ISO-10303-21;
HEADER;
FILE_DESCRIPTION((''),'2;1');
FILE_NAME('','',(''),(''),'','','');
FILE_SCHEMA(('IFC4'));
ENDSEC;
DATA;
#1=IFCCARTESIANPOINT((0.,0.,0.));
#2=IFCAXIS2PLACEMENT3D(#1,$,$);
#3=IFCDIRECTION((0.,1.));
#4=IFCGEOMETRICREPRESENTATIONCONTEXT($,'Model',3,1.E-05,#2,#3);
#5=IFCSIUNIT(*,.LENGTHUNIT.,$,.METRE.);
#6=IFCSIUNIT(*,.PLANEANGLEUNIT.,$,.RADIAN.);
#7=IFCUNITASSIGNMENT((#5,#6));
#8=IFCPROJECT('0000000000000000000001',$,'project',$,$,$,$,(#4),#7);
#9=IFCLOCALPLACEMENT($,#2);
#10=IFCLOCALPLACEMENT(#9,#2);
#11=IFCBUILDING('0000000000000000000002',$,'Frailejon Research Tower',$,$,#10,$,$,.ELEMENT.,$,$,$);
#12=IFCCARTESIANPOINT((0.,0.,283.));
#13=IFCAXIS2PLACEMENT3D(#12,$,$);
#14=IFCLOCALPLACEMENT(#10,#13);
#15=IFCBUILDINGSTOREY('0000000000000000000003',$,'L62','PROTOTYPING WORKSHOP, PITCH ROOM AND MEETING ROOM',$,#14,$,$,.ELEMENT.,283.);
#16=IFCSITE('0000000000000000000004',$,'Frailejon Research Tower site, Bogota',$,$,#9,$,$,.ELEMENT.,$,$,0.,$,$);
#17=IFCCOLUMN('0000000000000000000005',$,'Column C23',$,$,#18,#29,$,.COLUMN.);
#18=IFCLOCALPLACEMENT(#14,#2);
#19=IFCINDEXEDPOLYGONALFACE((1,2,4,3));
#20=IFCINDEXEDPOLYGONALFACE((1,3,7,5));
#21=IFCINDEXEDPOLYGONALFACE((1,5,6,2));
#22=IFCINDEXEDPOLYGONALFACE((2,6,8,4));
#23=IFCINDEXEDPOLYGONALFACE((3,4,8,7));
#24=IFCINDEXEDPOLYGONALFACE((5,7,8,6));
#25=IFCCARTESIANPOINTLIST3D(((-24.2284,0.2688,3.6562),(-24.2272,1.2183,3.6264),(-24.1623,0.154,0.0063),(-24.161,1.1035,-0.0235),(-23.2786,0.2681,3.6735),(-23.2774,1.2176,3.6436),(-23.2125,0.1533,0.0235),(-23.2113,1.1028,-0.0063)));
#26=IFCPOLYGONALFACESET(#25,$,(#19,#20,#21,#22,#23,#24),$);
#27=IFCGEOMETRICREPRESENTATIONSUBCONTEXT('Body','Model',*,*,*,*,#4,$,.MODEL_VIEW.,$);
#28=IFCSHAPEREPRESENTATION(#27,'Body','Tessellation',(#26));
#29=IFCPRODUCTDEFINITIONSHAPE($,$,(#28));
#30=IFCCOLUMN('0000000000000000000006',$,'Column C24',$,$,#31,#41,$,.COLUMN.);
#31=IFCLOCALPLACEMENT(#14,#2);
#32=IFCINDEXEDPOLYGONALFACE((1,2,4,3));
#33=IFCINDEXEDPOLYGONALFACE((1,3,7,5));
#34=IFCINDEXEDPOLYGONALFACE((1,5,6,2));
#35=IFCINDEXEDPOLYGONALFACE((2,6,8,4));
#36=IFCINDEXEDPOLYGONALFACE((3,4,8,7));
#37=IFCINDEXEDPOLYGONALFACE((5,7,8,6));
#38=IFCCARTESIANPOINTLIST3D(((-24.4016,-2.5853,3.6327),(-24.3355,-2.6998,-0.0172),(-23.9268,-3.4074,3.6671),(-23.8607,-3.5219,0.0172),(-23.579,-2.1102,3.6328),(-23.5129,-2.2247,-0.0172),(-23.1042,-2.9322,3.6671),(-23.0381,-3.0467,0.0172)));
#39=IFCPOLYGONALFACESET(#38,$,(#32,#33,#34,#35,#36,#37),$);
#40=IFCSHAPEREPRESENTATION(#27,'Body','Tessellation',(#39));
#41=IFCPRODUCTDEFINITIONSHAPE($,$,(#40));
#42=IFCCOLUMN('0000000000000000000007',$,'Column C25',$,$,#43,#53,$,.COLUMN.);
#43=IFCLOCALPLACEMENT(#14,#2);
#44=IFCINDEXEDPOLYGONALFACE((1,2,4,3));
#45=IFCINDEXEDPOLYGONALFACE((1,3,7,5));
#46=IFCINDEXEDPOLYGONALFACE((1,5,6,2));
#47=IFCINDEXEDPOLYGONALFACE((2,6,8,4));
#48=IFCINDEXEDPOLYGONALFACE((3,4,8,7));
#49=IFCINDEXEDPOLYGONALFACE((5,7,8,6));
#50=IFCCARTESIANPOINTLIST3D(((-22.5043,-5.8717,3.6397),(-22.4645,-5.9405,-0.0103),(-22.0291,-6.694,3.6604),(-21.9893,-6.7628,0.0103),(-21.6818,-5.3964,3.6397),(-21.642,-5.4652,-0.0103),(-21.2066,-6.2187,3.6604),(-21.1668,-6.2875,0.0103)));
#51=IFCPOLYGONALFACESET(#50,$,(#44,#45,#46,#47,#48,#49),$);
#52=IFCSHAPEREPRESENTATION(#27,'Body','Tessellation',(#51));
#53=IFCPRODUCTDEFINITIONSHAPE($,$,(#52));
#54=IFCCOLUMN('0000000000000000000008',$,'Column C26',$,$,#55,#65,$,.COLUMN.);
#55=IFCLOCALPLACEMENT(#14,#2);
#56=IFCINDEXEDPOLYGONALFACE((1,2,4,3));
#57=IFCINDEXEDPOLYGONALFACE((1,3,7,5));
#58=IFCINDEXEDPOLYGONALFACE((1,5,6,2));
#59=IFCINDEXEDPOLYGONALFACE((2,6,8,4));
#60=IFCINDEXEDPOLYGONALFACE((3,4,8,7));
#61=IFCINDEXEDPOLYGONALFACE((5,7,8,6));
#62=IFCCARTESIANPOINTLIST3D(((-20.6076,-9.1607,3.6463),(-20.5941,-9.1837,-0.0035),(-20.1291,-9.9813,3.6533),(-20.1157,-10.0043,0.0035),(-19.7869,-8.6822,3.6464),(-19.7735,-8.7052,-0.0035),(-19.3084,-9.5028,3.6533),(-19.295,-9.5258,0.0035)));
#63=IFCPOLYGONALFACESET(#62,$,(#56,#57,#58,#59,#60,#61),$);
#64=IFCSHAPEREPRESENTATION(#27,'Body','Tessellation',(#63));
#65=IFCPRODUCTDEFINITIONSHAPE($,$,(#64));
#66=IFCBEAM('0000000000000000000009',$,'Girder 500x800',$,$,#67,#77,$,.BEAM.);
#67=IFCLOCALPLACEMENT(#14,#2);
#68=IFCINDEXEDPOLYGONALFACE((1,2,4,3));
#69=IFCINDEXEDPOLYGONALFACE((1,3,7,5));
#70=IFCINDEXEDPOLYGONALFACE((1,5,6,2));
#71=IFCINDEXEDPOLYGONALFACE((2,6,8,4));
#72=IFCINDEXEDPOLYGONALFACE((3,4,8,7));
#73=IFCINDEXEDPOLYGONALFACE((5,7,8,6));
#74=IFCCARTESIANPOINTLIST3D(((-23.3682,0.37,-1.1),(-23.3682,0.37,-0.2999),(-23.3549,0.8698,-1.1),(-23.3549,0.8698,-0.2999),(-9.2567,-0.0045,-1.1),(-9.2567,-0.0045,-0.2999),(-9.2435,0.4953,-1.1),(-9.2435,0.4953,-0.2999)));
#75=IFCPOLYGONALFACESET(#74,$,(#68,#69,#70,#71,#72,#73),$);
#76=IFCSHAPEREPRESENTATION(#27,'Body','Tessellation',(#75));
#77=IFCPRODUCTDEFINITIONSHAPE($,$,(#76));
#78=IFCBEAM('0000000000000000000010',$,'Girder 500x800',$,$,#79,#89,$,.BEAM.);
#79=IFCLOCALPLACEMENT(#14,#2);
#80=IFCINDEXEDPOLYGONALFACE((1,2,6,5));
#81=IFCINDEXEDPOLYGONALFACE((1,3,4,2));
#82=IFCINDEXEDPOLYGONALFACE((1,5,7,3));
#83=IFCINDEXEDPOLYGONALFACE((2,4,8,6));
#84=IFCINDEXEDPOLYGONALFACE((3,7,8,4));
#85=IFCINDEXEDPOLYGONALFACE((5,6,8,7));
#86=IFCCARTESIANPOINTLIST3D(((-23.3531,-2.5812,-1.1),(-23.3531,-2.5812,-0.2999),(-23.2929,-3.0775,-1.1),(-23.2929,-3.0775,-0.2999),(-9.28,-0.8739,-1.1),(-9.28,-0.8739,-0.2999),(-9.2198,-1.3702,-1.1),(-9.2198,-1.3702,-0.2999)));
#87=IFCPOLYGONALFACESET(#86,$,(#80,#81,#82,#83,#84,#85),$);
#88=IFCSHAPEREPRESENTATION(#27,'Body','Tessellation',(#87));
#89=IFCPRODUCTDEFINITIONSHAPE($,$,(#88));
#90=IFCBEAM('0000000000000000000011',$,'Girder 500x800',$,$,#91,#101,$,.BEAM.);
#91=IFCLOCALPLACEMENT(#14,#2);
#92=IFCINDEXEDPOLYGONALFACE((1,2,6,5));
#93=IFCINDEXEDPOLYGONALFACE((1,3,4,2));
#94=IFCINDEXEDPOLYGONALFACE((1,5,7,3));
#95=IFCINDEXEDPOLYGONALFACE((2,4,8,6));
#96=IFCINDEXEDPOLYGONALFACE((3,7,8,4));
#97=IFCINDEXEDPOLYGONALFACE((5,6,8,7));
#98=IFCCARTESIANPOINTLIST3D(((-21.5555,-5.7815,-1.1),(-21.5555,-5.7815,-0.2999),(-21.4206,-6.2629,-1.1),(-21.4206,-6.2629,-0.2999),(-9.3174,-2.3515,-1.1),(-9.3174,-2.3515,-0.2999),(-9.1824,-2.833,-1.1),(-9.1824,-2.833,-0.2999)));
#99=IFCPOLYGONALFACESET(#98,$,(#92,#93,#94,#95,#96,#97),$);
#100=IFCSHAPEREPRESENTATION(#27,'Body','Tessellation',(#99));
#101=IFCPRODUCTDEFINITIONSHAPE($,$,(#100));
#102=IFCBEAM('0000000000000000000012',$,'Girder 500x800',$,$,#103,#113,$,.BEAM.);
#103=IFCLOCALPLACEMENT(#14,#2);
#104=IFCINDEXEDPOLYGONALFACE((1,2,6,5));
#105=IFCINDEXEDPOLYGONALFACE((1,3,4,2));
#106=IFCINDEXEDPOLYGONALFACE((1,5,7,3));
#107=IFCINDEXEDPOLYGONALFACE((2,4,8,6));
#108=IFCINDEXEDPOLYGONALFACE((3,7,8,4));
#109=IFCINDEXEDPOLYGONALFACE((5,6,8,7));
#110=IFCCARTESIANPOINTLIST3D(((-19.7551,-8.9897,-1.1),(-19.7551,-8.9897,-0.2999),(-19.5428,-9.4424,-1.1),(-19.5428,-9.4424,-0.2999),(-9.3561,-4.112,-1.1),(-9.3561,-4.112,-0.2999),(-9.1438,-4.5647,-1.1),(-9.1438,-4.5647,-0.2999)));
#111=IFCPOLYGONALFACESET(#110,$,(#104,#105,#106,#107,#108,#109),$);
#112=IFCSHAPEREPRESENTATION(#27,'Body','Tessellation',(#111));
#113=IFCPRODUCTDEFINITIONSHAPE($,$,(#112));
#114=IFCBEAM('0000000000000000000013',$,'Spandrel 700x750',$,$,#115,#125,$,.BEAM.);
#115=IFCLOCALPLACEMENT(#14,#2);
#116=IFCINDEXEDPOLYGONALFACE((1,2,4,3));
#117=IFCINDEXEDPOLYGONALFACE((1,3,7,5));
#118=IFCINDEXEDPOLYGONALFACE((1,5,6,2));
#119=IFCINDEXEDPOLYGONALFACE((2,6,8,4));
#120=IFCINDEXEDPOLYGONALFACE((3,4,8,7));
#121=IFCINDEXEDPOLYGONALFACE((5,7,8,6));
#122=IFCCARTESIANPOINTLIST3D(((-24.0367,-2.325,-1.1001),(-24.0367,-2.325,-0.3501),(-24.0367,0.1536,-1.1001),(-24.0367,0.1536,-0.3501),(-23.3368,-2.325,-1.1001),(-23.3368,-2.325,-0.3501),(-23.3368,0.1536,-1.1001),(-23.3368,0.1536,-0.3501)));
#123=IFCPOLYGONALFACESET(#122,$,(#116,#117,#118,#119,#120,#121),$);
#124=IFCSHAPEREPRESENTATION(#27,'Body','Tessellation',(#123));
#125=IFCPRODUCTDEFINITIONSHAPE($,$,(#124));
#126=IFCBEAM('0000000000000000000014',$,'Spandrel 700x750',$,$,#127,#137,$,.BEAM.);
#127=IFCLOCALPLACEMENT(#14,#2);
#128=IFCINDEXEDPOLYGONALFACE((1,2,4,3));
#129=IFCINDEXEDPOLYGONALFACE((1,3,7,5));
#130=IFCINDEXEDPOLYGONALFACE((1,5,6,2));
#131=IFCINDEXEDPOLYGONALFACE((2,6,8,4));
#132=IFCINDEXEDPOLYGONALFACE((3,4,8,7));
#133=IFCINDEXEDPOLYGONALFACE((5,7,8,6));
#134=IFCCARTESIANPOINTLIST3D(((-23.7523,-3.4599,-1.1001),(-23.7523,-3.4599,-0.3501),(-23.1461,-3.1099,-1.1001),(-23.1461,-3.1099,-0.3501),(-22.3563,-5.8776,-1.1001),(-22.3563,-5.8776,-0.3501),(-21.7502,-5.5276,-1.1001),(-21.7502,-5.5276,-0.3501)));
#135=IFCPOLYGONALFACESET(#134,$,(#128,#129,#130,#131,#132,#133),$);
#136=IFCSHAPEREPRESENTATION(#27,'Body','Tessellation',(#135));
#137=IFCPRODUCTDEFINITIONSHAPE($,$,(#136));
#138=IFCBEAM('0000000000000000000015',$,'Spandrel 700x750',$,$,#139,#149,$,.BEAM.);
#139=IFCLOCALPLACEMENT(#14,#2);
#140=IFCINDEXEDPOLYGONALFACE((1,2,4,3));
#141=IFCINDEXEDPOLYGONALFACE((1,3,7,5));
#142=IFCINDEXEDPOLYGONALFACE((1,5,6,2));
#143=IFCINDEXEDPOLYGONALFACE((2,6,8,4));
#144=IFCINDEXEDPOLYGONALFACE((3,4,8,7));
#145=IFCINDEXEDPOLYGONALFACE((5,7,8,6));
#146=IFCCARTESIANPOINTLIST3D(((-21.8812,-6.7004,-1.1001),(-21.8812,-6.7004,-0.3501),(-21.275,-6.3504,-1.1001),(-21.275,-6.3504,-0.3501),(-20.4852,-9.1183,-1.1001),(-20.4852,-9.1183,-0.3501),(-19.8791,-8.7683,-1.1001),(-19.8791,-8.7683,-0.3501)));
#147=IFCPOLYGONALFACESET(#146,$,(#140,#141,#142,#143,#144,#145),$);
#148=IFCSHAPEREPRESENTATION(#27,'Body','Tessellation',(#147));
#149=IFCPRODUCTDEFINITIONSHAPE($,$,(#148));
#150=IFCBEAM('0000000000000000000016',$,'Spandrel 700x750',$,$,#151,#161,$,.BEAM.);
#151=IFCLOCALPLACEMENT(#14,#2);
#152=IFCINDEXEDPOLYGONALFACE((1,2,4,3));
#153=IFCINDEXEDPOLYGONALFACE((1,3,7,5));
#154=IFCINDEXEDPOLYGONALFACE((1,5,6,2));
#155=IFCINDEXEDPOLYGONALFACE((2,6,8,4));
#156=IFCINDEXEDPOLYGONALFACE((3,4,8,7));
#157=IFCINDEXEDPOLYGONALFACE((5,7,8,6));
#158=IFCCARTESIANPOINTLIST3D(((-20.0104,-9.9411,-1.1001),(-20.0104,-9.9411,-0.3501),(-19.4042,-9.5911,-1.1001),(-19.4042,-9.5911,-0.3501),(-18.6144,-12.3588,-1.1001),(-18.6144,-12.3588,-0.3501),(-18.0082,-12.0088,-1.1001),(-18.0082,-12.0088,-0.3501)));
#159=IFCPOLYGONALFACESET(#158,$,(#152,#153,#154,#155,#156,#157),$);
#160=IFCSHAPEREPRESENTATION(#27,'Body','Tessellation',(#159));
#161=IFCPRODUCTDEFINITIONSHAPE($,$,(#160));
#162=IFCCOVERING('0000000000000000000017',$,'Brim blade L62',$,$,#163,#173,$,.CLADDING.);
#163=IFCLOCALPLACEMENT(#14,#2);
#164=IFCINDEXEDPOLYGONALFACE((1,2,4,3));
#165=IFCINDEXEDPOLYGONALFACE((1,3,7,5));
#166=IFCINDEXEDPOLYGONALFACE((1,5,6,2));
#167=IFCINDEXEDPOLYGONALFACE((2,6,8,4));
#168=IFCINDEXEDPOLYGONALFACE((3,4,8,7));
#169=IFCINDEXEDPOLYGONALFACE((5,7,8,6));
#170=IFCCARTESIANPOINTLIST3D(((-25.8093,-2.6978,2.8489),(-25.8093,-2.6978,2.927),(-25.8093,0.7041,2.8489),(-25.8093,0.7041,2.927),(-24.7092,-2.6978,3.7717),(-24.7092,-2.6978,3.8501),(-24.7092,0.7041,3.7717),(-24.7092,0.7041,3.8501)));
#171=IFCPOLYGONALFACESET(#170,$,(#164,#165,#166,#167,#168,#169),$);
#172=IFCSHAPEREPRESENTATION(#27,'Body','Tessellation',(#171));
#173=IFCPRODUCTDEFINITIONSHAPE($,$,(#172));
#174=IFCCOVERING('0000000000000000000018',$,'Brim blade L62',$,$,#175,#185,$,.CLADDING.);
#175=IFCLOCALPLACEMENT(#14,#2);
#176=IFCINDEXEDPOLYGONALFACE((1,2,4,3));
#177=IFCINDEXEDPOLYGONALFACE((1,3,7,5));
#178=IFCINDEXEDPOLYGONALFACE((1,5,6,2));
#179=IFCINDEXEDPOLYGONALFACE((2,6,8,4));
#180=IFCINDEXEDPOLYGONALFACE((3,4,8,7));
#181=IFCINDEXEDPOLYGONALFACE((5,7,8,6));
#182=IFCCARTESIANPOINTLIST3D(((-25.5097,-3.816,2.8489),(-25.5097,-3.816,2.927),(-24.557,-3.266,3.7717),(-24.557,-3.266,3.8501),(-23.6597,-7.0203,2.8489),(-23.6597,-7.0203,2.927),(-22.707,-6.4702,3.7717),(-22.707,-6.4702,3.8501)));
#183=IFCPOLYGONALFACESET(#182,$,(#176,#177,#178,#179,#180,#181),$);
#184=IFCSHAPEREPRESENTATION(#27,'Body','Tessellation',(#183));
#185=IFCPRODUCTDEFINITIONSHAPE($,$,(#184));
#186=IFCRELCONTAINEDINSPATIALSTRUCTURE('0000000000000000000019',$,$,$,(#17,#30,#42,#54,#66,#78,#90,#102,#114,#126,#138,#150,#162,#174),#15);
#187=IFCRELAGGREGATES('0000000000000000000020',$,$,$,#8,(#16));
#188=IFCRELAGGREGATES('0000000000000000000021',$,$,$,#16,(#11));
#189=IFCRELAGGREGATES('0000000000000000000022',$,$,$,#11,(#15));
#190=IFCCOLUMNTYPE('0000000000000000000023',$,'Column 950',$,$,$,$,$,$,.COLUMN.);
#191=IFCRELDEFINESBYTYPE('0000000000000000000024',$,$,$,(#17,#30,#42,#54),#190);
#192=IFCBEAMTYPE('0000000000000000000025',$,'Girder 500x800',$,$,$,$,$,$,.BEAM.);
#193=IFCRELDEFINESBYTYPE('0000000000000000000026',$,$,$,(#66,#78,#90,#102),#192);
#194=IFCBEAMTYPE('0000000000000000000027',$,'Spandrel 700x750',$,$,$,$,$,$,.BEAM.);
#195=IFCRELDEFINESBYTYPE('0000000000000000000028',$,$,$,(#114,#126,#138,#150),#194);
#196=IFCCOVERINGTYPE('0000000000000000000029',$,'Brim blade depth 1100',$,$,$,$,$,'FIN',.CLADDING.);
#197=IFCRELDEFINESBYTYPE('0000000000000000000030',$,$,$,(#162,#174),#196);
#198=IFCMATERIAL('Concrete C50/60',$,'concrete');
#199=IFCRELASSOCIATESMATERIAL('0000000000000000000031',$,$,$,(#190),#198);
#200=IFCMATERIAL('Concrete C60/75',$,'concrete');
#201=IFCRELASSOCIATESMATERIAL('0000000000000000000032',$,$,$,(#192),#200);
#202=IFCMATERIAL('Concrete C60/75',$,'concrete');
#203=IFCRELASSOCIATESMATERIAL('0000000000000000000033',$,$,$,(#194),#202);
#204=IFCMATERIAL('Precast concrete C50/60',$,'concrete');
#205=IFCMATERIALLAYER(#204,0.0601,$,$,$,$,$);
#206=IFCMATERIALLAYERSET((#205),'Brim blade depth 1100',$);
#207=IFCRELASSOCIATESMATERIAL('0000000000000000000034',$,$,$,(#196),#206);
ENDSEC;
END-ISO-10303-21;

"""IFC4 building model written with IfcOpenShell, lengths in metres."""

from ifc_helpers import new_model, si_unit, direction, frame, origin, origin_2d, place, context, subcontext, project, spatial, polyline, rectangle, outline, extrude, material, layer, layer_set, material_profile, profile_set, type_object, element, save


model = new_model("IFC4")

# Units and contexts
model_context = context("Model", 3, precision=1e-05, world=origin(), true_north=direction((0.0, 1.0)))
body_context = subcontext(model_context, "Body", "Model", "MODEL_VIEW")
ifc_project = project(units=[si_unit("LENGTHUNIT", "METRE"), si_unit("PLANEANGLEUNIT", "RADIAN")], contexts=[model_context])

# Site, building, storey
site_placement = place(None, origin())
site = spatial("IfcSite", under=ifc_project, at=site_placement, Name="Frailejon Research Tower site, Bogota", CompositionType="ELEMENT", RefElevation=0.0)
building_placement = place(site_placement, origin())
building = spatial("IfcBuilding", under=site, at=building_placement, Name="Frailejon Research Tower", CompositionType="ELEMENT")
storey_placement = place(building_placement, frame((0.0, 0.0, 283.0)))
storey = spatial("IfcBuildingStorey", under=building, at=storey_placement, Name="L62", Description="PROTOTYPING WORKSHOP, PITCH ROOM AND MEETING ROOM", CompositionType="ELEMENT", Elevation=283.0)

# Columns
ifc_material_1 = material(Name="Concrete C50/60", Category="concrete")
ifc_material_profile_1 = material_profile(ifc_material_1, rectangle(XDim=0.95, YDim=0.95, at=origin_2d()), Name="Column 950")
ifc_profile_set_1 = profile_set([ifc_material_profile_1], Name="Concrete C50/60")
column_type = type_object("IfcColumnType", Name="Column 950", PredefinedType="COLUMN", material=ifc_profile_set_1)
for number, where, z_axis, x_axis, name in (
    (1, (-23.6868, 0.6284, 0.0), (-0.018115, 0.031417, 0.999342), (-0.001297, -0.999506, 0.031399), "Column C23"),
    (2, (-23.6868, -2.8733, 0.0), (-0.018115, 0.031351, 0.999344), (0.49984, -0.865361, 0.036208), "Column C24"),
):
    element("IfcColumn", number, at=place(storey_placement, frame(where, z_axis=z_axis, x_axis=x_axis)), inside=storey, type_object=column_type, Name=name, PredefinedType="COLUMN", context=body_context, shape_type="SweptSolid", body=[
        extrude(rectangle(XDim=0.95, YDim=0.95, at=origin_2d()), origin(), (0.0, 0.0, 1.0), 3.6523),
    ])
column_1_placement = place(storey_placement, frame((-21.8157, -6.114, 0.0), z_axis=(-0.0109, 0.018858, 0.999763), x_axis=(0.500226, -0.865621, 0.021782)))
element("IfcColumn", 3, at=column_1_placement, inside=storey, type_object=column_type, Name="Column C25", PredefinedType="COLUMN", context=body_context, shape_type="SweptSolid", body=[
    extrude(rectangle(XDim=0.95, YDim=0.95, at=origin_2d()), origin(), (0.0, 0.0, 1.0), 3.6509),
])
column_2_placement = place(storey_placement, frame((-19.9446, -9.3547, 0.0), z_axis=(-0.003679, 0.006287, 0.999973), x_axis=(0.503695, -0.863851, 0.007285)))
element("IfcColumn", 4, at=column_2_placement, inside=storey, type_object=column_type, Name="Column C26", PredefinedType="COLUMN", context=body_context, shape_type="SweptSolid", body=[
    extrude(rectangle(XDim=0.95, YDim=0.95, at=origin_2d()), origin(), (0.0, 0.0, 1.0), 3.6499),
])

# Beams
ifc_material_2 = material(Name="Concrete C60/75", Category="concrete")
ifc_material_profile_2 = material_profile(ifc_material_2, rectangle(XDim=0.5, YDim=0.8, at=origin_2d()), Name="Girder 500x800")
ifc_profile_set_2 = profile_set([ifc_material_profile_2], Name="Concrete C60/75")
beam_type_1 = type_object("IfcBeamType", Name="Girder 500x800", PredefinedType="BEAM", material=ifc_profile_set_2)
beam_1_placement = place(storey_placement, frame((-23.3616, 0.6199, -0.7), z_axis=(0.999648, -0.02653, 0.0), x_axis=(0.02653, 0.999648, 0.0)))
element("IfcBeam", 5, at=beam_1_placement, inside=storey, type_object=beam_type_1, Name="Girder 500x800", PredefinedType="BEAM", context=body_context, shape_type="SweptSolid", body=[
    extrude(rectangle(XDim=0.5, YDim=0.8, at=origin_2d()), origin(), (0.0, 0.0, 1.0), 14.1165),
])
beam_2_placement = place(storey_placement, frame((-23.323, -2.8293, -0.7), z_axis=(0.992721, 0.120433, 0.0), x_axis=(-0.120433, 0.992721, 0.0)))
element("IfcBeam", 6, at=beam_2_placement, inside=storey, type_object=beam_type_1, Name="Girder 500x800", PredefinedType="BEAM", context=body_context, shape_type="SweptSolid", body=[
    extrude(rectangle(XDim=0.5, YDim=0.8, at=origin_2d()), origin(), (0.0, 0.0, 1.0), 14.1763),
])
beam_3_placement = place(storey_placement, frame((-21.488, -6.0222, -0.7), z_axis=(0.962897, 0.269869, 0.0), x_axis=(-0.269869, 0.962897, 0.0)))
element("IfcBeam", 7, at=beam_3_placement, inside=storey, type_object=beam_type_1, Name="Girder 500x800", PredefinedType="BEAM", context=body_context, shape_type="SweptSolid", body=[
    extrude(rectangle(XDim=0.5, YDim=0.8, at=origin_2d()), origin(), (0.0, 0.0, 1.0), 12.7097),
])
beam_4_placement = place(storey_placement, frame((-19.6489, -9.2161, -0.7), z_axis=(0.905352, 0.424661, 0.0), x_axis=(-0.424661, 0.905352, 0.0)))
element("IfcBeam", 8, at=beam_4_placement, inside=storey, type_object=beam_type_1, Name="Girder 500x800", PredefinedType="BEAM", context=body_context, shape_type="SweptSolid", body=[
    extrude(rectangle(XDim=0.5, YDim=0.8, at=origin_2d()), origin(), (0.0, 0.0, 1.0), 11.4861),
])
ifc_material_3 = material(Name="Concrete C60/75", Category="concrete")
ifc_material_profile_3 = material_profile(ifc_material_3, rectangle(XDim=0.7, YDim=0.75, at=origin_2d()), Name="Spandrel 700x750")
ifc_profile_set_3 = profile_set([ifc_material_profile_3], Name="Concrete C60/75")
beam_type_2 = type_object("IfcBeamType", Name="Spandrel 700x750", PredefinedType="BEAM", material=ifc_profile_set_3)
beam_5_placement = place(storey_placement, frame((-23.6868, 0.1536, -0.7251), z_axis=(0.0, -1.0, 0.0), x_axis=(1.0, 0.0, 0.0)))
element("IfcBeam", 9, at=beam_5_placement, inside=storey, type_object=beam_type_2, Name="Spandrel 700x750", PredefinedType="BEAM", context=body_context, shape_type="SweptSolid", body=[
    extrude(rectangle(XDim=0.7, YDim=0.75, at=origin_2d()), origin(), (0.0, 0.0, 1.0), 2.4785),
])
beam_6_placement = place(storey_placement, frame((-23.4492, -3.2849, -0.7251), z_axis=(0.500033, -0.866006, 0.0), x_axis=(0.866006, 0.500033, 0.0)))
element("IfcBeam", 10, at=beam_6_placement, inside=storey, type_object=beam_type_2, Name="Spandrel 700x750", PredefinedType="BEAM", context=body_context, shape_type="SweptSolid", body=[
    extrude(rectangle(XDim=0.7, YDim=0.75, at=origin_2d()), origin(), (0.0, 0.0, 1.0), 2.7917),
])
beam_7_placement = place(storey_placement, frame((-21.5781, -6.5254, -0.7251), z_axis=(0.499995, -0.866028, 0.0), x_axis=(0.866028, 0.499995, 0.0)))
element("IfcBeam", 11, at=beam_7_placement, inside=storey, type_object=beam_type_2, Name="Spandrel 700x750", PredefinedType="BEAM", context=body_context, shape_type="SweptSolid", body=[
    extrude(rectangle(XDim=0.7, YDim=0.75, at=origin_2d()), origin(), (0.0, 0.0, 1.0), 2.792),
])
beam_8_placement = place(storey_placement, frame((-19.7073, -9.7661, -0.7251), z_axis=(0.500033, -0.866006, 0.0), x_axis=(0.866006, 0.500033, 0.0)))
element("IfcBeam", 12, at=beam_8_placement, inside=storey, type_object=beam_type_2, Name="Spandrel 700x750", PredefinedType="BEAM", context=body_context, shape_type="SweptSolid", body=[
    extrude(rectangle(XDim=0.7, YDim=0.75, at=origin_2d()), origin(), (0.0, 0.0, 1.0), 2.7917),
])

# Coverings
ifc_material_4 = material(Name="Precast concrete C50/60", Category="concrete")
ifc_layer_1 = layer(ifc_material_4, 0.0601)
ifc_layer_set_1 = layer_set([ifc_layer_1], Name="Brim blade depth 1100")
covering_type_1 = type_object("IfcCoveringType", Name="Brim blade depth 1100", ElementType="FIN", PredefinedType="CLADDING", material=ifc_layer_set_1)
covering_1_placement = place(storey_placement, frame((-24.7092, -2.6978, 3.8501), z_axis=(0.0, 1.0, 0.0), x_axis=(-1.0, 0.0, 0.0)))
element("IfcCovering", 13, at=covering_1_placement, inside=storey, type_object=covering_type_1, Name="Brim blade L62", PredefinedType="CLADDING", context=body_context, shape_type="SweptSolid", body=[
    extrude(outline(polyline([(0.0, -0.0784), (1.1001, -1.0012), (1.1001, -0.9231), (0.0, 0.0), (0.0, -0.0784)])), origin(), (0.0, 0.0, 1.0), 3.4019),
])
covering_2_placement = place(storey_placement, frame((-22.707, -6.4702, 3.8501), z_axis=(-0.5, 0.866026, 0.0), x_axis=(-0.866026, -0.5, 0.0)))
element("IfcCovering", 14, at=covering_2_placement, inside=storey, type_object=covering_type_1, Name="Brim blade L62", PredefinedType="CLADDING", context=body_context, shape_type="SweptSolid", body=[
    extrude(outline(polyline([(0.0, -0.0784), (1.1001, -1.0012), (1.1001, -0.9231), (0.0, 0.0), (0.0, -0.0784)])), origin(), (0.0, 0.0, 1.0), 3.7),
])

save(model, "model.ifc")
